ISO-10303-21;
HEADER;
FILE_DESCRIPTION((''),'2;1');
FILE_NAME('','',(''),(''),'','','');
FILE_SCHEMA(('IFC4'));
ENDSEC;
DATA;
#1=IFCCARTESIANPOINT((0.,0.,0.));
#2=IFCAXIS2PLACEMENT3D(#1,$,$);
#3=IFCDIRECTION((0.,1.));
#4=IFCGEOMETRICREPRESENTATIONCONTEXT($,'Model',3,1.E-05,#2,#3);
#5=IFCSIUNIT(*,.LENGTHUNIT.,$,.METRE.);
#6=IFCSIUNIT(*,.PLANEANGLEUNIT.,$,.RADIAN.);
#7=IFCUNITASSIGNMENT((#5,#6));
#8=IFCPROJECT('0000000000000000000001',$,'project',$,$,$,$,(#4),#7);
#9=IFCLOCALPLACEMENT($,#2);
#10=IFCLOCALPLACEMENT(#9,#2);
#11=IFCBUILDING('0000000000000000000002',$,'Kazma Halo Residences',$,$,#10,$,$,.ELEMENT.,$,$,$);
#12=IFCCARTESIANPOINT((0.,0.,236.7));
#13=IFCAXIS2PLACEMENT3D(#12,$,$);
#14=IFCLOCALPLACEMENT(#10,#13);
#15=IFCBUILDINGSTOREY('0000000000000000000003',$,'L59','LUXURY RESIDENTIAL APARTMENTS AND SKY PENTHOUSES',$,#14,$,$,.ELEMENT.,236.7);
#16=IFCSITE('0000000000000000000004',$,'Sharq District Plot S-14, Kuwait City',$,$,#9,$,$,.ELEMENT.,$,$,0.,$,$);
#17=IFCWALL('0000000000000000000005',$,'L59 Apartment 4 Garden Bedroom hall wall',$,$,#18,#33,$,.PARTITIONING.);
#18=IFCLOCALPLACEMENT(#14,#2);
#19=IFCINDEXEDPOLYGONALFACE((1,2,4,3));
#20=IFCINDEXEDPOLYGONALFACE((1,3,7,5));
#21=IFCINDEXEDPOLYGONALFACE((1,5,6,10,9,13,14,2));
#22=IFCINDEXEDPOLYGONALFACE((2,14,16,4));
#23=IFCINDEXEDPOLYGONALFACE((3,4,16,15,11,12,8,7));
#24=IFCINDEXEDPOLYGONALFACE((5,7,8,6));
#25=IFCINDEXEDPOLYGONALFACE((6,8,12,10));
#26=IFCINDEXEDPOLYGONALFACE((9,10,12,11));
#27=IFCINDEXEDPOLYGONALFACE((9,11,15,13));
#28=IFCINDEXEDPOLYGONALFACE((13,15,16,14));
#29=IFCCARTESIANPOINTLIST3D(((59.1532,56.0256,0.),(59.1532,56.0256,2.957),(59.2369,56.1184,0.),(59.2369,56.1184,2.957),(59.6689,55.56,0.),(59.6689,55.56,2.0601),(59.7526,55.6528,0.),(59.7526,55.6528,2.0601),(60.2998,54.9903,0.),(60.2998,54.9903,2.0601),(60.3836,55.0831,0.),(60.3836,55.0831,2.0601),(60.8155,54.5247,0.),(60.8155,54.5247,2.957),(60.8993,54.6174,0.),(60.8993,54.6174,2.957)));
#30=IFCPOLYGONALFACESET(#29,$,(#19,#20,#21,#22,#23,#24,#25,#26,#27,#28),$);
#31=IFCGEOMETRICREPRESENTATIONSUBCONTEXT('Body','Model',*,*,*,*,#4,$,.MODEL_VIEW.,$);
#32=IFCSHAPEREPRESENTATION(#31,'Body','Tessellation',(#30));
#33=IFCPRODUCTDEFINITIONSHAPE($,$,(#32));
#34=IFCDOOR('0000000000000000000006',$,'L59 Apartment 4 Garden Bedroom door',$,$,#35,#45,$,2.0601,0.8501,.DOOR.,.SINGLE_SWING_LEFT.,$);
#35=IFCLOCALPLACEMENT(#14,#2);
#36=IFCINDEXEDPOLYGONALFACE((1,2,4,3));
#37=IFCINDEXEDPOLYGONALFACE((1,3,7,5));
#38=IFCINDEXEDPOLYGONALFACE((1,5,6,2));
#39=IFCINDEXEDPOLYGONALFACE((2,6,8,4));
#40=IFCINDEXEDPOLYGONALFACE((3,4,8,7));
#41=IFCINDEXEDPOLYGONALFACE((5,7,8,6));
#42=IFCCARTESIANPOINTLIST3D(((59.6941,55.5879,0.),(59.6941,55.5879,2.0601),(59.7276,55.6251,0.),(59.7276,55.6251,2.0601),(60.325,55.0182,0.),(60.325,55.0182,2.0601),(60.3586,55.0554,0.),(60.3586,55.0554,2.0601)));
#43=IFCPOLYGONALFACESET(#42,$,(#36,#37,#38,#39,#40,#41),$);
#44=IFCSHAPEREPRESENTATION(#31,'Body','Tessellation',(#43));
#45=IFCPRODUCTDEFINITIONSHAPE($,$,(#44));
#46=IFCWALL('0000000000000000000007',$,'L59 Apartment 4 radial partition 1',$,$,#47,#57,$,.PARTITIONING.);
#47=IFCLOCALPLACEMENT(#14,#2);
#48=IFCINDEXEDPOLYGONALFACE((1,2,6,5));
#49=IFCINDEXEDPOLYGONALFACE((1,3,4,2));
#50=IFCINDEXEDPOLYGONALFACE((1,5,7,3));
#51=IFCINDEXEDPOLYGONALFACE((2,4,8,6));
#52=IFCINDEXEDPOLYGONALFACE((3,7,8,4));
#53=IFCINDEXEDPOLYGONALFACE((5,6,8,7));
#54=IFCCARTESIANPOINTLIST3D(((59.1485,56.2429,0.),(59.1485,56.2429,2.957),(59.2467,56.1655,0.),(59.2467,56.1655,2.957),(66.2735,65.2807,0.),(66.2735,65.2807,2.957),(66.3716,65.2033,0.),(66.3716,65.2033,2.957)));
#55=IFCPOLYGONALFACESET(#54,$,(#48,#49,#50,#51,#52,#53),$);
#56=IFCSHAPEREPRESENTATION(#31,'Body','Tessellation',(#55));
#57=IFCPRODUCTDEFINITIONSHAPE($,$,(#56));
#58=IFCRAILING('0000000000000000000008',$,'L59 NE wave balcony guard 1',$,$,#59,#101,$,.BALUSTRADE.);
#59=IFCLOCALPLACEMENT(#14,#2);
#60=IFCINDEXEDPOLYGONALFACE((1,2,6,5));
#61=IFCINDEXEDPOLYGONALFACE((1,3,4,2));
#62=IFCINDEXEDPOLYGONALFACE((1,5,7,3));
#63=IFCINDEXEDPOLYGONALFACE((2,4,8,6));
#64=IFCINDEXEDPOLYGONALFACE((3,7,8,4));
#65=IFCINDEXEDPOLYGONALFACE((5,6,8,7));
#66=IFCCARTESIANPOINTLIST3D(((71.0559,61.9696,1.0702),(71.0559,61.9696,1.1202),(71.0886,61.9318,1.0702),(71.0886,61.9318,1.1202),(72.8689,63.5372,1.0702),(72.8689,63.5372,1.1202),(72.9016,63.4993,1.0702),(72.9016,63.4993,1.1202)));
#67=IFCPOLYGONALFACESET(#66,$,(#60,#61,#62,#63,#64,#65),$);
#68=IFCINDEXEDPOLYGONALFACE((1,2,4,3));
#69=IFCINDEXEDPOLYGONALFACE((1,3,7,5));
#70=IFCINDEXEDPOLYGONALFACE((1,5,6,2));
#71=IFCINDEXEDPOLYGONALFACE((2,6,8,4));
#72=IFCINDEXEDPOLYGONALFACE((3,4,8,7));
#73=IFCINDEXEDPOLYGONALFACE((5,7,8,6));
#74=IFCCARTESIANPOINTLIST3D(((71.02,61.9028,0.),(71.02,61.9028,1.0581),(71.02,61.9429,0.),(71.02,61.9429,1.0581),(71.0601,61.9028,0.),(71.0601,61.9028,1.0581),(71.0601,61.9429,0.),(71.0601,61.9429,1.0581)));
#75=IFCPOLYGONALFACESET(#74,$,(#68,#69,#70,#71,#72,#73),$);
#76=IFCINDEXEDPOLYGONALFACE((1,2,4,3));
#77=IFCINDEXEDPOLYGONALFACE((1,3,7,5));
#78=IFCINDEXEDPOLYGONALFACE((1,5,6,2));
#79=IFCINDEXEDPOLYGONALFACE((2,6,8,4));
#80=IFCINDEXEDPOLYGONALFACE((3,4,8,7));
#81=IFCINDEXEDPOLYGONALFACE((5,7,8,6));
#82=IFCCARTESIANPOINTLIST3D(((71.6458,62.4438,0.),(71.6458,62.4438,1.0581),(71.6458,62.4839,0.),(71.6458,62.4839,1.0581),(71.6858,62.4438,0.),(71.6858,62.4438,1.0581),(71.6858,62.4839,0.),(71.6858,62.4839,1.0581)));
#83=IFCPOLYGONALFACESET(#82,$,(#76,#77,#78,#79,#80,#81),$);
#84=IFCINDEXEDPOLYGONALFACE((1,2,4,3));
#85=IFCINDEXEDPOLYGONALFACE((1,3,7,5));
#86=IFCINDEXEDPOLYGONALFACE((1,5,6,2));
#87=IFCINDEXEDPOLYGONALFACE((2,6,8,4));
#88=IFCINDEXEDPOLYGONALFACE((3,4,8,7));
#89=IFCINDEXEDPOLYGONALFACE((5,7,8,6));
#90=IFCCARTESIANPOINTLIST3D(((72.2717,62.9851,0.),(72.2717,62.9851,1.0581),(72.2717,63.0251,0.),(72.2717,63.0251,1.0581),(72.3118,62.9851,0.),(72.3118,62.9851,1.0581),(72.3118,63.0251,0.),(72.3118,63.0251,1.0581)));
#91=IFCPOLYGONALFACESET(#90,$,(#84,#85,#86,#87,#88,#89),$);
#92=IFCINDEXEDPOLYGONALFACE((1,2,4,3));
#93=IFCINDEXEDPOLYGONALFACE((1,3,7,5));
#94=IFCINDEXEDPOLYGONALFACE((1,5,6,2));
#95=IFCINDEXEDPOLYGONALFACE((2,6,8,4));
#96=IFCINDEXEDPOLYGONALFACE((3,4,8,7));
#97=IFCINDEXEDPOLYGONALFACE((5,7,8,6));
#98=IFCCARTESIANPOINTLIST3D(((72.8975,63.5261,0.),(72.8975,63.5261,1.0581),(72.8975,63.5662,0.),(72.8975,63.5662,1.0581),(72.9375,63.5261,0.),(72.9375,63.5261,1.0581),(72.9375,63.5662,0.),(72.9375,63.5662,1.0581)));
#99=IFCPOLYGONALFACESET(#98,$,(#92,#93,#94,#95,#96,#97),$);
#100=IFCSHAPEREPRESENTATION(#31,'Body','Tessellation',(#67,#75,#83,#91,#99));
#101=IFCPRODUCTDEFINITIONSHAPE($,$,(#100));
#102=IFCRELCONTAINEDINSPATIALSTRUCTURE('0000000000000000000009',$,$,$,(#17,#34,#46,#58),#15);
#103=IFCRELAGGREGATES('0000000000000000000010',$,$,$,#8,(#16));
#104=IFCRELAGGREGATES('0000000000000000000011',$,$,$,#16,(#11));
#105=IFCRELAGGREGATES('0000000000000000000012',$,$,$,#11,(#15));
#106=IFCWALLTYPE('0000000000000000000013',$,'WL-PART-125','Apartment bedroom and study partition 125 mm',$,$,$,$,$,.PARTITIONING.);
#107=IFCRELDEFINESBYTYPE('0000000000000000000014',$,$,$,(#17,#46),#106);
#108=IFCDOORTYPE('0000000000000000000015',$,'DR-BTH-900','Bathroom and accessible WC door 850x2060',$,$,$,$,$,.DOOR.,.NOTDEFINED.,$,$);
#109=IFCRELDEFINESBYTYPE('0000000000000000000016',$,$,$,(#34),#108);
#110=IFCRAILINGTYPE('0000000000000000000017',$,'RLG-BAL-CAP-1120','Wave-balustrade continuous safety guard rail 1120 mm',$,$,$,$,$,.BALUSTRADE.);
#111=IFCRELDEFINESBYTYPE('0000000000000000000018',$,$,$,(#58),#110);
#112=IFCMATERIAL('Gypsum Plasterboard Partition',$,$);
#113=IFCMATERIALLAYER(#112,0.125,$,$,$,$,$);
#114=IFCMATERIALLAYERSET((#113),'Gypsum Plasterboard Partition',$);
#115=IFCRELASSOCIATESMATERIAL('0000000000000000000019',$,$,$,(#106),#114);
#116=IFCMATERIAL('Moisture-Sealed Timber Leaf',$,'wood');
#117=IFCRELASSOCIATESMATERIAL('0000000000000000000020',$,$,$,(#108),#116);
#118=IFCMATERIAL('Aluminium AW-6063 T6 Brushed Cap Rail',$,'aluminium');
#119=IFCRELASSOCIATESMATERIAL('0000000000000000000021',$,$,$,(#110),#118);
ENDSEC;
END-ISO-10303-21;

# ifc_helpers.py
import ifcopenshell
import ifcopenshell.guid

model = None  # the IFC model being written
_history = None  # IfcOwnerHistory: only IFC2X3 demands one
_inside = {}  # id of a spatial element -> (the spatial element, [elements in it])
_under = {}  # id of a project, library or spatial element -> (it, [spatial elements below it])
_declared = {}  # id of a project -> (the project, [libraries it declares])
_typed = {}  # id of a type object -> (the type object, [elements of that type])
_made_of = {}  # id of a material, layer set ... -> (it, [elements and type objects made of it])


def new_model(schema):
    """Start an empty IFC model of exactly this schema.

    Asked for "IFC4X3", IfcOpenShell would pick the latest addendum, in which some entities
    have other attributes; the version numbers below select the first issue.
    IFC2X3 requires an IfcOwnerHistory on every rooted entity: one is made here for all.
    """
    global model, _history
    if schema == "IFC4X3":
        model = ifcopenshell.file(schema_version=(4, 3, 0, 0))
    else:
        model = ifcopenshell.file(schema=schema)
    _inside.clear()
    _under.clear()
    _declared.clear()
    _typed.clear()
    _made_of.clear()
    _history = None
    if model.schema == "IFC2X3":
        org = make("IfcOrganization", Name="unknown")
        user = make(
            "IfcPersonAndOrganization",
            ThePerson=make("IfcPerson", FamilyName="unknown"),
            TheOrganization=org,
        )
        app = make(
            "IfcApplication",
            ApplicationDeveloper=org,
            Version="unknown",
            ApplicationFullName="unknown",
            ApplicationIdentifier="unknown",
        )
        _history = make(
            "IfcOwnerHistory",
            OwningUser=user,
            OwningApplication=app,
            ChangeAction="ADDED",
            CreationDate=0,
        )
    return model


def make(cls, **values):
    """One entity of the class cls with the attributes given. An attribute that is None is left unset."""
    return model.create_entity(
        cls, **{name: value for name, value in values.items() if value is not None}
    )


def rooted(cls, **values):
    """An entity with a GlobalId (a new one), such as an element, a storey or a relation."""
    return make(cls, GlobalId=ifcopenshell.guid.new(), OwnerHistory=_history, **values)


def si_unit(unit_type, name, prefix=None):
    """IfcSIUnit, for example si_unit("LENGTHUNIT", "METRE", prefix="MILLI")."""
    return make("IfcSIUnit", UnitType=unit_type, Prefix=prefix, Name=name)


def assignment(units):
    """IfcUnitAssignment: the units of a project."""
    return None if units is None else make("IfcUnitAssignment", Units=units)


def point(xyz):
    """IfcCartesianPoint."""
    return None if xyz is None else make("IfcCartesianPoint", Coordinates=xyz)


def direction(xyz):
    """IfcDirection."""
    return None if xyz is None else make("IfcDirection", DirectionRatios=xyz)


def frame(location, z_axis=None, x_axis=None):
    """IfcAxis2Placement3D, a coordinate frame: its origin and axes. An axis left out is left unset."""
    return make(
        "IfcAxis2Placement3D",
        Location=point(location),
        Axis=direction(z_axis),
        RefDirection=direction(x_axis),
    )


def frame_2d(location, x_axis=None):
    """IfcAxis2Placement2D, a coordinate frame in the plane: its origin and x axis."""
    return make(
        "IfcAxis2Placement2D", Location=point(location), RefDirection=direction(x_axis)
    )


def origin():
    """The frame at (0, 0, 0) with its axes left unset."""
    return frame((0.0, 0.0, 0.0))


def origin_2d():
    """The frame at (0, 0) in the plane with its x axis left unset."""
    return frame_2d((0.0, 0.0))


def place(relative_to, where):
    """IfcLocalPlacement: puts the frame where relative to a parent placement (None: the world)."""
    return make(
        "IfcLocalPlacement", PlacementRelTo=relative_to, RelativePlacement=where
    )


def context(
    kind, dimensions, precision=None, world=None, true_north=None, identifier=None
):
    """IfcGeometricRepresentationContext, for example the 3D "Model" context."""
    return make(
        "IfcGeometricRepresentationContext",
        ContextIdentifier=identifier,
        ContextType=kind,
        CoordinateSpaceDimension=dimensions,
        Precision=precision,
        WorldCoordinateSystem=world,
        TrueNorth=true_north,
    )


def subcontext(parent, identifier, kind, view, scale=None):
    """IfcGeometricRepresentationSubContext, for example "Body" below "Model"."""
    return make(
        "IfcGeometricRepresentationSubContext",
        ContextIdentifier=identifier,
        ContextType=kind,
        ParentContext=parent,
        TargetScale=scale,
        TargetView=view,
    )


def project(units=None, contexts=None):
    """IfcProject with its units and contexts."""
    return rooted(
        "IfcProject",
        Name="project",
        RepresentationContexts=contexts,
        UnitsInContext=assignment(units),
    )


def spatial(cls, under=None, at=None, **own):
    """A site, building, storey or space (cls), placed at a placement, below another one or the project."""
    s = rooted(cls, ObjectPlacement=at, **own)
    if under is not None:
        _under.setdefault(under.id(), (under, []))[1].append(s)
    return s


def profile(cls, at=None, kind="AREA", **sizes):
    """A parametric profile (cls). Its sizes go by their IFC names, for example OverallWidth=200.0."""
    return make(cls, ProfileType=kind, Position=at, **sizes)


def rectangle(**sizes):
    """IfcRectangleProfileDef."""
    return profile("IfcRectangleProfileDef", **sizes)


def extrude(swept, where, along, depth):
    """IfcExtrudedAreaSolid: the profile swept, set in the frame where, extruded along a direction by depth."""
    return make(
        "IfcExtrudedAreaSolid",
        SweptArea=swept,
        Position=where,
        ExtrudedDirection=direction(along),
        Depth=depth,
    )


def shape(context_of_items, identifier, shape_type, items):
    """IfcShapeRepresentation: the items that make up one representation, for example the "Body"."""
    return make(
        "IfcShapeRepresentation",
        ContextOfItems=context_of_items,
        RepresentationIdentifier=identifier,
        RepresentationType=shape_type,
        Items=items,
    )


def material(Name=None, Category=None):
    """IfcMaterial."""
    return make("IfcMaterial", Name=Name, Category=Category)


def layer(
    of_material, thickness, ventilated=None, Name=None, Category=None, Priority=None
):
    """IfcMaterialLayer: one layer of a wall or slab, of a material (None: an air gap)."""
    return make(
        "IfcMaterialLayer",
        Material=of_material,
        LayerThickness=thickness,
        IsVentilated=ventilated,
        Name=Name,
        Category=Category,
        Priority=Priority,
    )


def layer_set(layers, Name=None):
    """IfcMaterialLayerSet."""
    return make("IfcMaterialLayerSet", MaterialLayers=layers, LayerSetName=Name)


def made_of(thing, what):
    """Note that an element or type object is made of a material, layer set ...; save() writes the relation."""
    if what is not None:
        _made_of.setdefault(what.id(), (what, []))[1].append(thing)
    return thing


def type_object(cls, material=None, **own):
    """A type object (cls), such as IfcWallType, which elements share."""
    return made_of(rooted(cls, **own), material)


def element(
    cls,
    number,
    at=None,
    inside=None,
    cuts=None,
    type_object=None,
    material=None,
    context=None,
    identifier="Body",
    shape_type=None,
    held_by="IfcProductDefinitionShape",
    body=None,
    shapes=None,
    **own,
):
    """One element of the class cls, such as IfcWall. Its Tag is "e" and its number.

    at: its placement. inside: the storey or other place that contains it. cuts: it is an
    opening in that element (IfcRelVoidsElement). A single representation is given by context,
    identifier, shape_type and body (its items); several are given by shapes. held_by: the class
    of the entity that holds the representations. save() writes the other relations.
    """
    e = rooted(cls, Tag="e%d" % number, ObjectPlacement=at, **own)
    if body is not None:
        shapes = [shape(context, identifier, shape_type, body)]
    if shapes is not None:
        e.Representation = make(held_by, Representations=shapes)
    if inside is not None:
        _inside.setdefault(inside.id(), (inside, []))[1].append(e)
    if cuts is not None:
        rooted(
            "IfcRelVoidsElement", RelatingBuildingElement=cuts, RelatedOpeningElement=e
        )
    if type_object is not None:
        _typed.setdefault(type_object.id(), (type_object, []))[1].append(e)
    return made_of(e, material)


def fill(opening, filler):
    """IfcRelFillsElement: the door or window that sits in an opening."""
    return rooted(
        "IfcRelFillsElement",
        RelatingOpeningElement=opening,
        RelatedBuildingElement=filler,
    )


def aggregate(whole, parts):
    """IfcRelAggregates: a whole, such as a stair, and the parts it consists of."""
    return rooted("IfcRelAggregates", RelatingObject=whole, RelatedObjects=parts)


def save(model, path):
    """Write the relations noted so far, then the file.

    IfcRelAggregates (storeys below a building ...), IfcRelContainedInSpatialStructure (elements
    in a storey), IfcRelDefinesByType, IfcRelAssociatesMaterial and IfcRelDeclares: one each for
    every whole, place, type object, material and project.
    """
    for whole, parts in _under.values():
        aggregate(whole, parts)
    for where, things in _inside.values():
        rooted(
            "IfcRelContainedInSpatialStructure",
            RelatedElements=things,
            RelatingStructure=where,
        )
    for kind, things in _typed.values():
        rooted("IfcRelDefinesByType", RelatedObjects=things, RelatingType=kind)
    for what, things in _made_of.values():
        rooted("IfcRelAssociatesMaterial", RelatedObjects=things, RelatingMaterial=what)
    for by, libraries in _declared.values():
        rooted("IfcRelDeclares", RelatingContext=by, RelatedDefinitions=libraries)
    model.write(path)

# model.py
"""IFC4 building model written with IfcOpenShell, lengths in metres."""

from ifc_helpers import new_model, si_unit, direction, frame, frame_2d, origin, origin_2d, place, context, subcontext, project, spatial, rectangle, extrude, material, layer, layer_set, type_object, element, fill, save


model = new_model("IFC4")

# Units and contexts
model_context = context("Model", 3, precision=1e-05, world=origin(), true_north=direction((0.0, 1.0)))
body_context = subcontext(model_context, "Body", "Model", "MODEL_VIEW")
ifc_project = project(units=[si_unit("LENGTHUNIT", "METRE"), si_unit("PLANEANGLEUNIT", "RADIAN")], contexts=[model_context])

# Site, building, storey
site_placement = place(None, origin())
site = spatial("IfcSite", under=ifc_project, at=site_placement, Name="Sharq District Plot S-14, Kuwait City", CompositionType="ELEMENT", RefElevation=0.0)
building_placement = place(site_placement, origin())
building = spatial("IfcBuilding", under=site, at=building_placement, Name="Kazma Halo Residences", CompositionType="ELEMENT")
storey_placement = place(building_placement, frame((0.0, 0.0, 236.7)))
storey = spatial("IfcBuildingStorey", under=building, at=storey_placement, Name="L59", Description="LUXURY RESIDENTIAL APARTMENTS AND SKY PENTHOUSES", CompositionType="ELEMENT", Elevation=236.7)

# Shared definitions
ifc_material_1 = material(Name="Gypsum Plasterboard Partition")
ifc_layer_1 = layer(ifc_material_1, 0.125)
ifc_layer_set_1 = layer_set([ifc_layer_1], Name="Gypsum Plasterboard Partition")
wall_type_1 = type_object("IfcWallType", Name="WL-PART-125", Description="Apartment bedroom and study partition 125 mm", PredefinedType="PARTITIONING", material=ifc_layer_set_1)

# Wall, opening, door
wall_1_placement = place(storey_placement, frame((60.8574, 54.571, 0.0), z_axis=(0.0, 0.0, 1.0), x_axis=(-0.742215, 0.670162, 0.0)))
wall_1 = element("IfcWall", 1, at=wall_1_placement, inside=storey, type_object=wall_type_1, Name="L59 Apartment 4 Garden Bedroom hall wall", PredefinedType="PARTITIONING", context=body_context, shape_type="SweptSolid", body=[
    extrude(rectangle(XDim=2.2397, YDim=0.125, at=frame_2d((1.1199, 0.0))), origin(), (0.0, 0.0, 1.0), 2.957),
])
opening_1_placement = place(wall_1_placement, frame((0.6948, 0.0, 0.0)))
opening_1 = element("IfcOpeningElement", 2, at=opening_1_placement, cuts=wall_1, PredefinedType="OPENING", context=body_context, shape_type="SweptSolid", body=[
    extrude(rectangle(XDim=0.8501, YDim=2.0601, at=frame_2d((0.425, 1.03))), frame((0.0, 0.0725, 0.0), z_axis=(0.0, -1.0, 0.0), x_axis=(1.0, 0.0, 0.0)), (0.0, 0.0, 1.0), 0.145),
])
ifc_material_2 = material(Name="Moisture-Sealed Timber Leaf", Category="wood")
door_type_1 = type_object("IfcDoorType", Name="DR-BTH-900", Description="Bathroom and accessible WC door 850x2060", OperationType="NOTDEFINED", PredefinedType="DOOR", material=ifc_material_2)
door_1_placement = place(opening_1_placement, origin())
door_1 = element("IfcDoor", 3, at=door_1_placement, inside=storey, type_object=door_type_1, Name="L59 Apartment 4 Garden Bedroom door", OperationType="SINGLE_SWING_LEFT", OverallHeight=2.0601, OverallWidth=0.8501, PredefinedType="DOOR", context=body_context, shape_type="SweptSolid", body=[
    extrude(rectangle(XDim=0.8501, YDim=2.0601, at=frame_2d((0.425, 1.03))), frame((0.0, 0.0249, 0.0), z_axis=(0.0, -1.0, 0.0), x_axis=(1.0, 0.0, 0.0)), (0.0, 0.0, 1.0), 0.05),
])
fill(opening_1, door_1)

# Wall
wall_2_placement = place(storey_placement, frame((59.1975, 56.2041, 0.0), z_axis=(0.0, 0.0, 1.0), x_axis=(0.619101, 0.785311, 0.0)))
element("IfcWall", 4, at=wall_2_placement, inside=storey, type_object=wall_type_1, Name="L59 Apartment 4 radial partition 1", PredefinedType="PARTITIONING", context=body_context, shape_type="SweptSolid", body=[
    extrude(rectangle(XDim=11.5085, YDim=0.125, at=frame_2d((5.7544, 0.0))), origin(), (0.0, 0.0, 1.0), 2.957),
])

# Railing
ifc_material_3 = material(Name="Aluminium AW-6063 T6 Brushed Cap Rail", Category="aluminium")
railing_type = type_object("IfcRailingType", Name="RLG-BAL-CAP-1120", Description="Wave-balustrade continuous safety guard rail 1120 mm", PredefinedType="BALUSTRADE", material=ifc_material_3)
railing_1_placement = place(storey_placement, frame((71.04, 61.9229, 0.0)))
element("IfcRailing", 5, at=railing_1_placement, inside=storey, type_object=railing_type, Name="L59 NE wave balcony guard 1", PredefinedType="BALUSTRADE", context=body_context, shape_type="SweptSolid", body=[
    extrude(rectangle(XDim=0.05, YDim=0.05, at=origin_2d()), frame((0.0322, 0.0278, 1.0952), z_axis=(0.756451, 0.65405, 0.0), x_axis=(-0.65405, 0.756451, 0.0)), (0.0, 0.0, 1.0), 2.3967),
    extrude(rectangle(XDim=0.04, YDim=0.04, at=origin_2d()), origin(), (0.0, 0.0, 1.0), 1.0581),
    extrude(rectangle(XDim=0.04, YDim=0.04, at=origin_2d()), frame((0.6257, 0.541, 0.0)), (0.0, 0.0, 1.0), 1.0581),
    extrude(rectangle(XDim=0.04, YDim=0.04, at=origin_2d()), frame((1.2517, 1.0823, 0.0)), (0.0, 0.0, 1.0), 1.0581),
    extrude(rectangle(XDim=0.04, YDim=0.04, at=origin_2d()), frame((1.8774, 1.6233, 0.0)), (0.0, 0.0, 1.0), 1.0581),
])

save(model, "model.ifc")
